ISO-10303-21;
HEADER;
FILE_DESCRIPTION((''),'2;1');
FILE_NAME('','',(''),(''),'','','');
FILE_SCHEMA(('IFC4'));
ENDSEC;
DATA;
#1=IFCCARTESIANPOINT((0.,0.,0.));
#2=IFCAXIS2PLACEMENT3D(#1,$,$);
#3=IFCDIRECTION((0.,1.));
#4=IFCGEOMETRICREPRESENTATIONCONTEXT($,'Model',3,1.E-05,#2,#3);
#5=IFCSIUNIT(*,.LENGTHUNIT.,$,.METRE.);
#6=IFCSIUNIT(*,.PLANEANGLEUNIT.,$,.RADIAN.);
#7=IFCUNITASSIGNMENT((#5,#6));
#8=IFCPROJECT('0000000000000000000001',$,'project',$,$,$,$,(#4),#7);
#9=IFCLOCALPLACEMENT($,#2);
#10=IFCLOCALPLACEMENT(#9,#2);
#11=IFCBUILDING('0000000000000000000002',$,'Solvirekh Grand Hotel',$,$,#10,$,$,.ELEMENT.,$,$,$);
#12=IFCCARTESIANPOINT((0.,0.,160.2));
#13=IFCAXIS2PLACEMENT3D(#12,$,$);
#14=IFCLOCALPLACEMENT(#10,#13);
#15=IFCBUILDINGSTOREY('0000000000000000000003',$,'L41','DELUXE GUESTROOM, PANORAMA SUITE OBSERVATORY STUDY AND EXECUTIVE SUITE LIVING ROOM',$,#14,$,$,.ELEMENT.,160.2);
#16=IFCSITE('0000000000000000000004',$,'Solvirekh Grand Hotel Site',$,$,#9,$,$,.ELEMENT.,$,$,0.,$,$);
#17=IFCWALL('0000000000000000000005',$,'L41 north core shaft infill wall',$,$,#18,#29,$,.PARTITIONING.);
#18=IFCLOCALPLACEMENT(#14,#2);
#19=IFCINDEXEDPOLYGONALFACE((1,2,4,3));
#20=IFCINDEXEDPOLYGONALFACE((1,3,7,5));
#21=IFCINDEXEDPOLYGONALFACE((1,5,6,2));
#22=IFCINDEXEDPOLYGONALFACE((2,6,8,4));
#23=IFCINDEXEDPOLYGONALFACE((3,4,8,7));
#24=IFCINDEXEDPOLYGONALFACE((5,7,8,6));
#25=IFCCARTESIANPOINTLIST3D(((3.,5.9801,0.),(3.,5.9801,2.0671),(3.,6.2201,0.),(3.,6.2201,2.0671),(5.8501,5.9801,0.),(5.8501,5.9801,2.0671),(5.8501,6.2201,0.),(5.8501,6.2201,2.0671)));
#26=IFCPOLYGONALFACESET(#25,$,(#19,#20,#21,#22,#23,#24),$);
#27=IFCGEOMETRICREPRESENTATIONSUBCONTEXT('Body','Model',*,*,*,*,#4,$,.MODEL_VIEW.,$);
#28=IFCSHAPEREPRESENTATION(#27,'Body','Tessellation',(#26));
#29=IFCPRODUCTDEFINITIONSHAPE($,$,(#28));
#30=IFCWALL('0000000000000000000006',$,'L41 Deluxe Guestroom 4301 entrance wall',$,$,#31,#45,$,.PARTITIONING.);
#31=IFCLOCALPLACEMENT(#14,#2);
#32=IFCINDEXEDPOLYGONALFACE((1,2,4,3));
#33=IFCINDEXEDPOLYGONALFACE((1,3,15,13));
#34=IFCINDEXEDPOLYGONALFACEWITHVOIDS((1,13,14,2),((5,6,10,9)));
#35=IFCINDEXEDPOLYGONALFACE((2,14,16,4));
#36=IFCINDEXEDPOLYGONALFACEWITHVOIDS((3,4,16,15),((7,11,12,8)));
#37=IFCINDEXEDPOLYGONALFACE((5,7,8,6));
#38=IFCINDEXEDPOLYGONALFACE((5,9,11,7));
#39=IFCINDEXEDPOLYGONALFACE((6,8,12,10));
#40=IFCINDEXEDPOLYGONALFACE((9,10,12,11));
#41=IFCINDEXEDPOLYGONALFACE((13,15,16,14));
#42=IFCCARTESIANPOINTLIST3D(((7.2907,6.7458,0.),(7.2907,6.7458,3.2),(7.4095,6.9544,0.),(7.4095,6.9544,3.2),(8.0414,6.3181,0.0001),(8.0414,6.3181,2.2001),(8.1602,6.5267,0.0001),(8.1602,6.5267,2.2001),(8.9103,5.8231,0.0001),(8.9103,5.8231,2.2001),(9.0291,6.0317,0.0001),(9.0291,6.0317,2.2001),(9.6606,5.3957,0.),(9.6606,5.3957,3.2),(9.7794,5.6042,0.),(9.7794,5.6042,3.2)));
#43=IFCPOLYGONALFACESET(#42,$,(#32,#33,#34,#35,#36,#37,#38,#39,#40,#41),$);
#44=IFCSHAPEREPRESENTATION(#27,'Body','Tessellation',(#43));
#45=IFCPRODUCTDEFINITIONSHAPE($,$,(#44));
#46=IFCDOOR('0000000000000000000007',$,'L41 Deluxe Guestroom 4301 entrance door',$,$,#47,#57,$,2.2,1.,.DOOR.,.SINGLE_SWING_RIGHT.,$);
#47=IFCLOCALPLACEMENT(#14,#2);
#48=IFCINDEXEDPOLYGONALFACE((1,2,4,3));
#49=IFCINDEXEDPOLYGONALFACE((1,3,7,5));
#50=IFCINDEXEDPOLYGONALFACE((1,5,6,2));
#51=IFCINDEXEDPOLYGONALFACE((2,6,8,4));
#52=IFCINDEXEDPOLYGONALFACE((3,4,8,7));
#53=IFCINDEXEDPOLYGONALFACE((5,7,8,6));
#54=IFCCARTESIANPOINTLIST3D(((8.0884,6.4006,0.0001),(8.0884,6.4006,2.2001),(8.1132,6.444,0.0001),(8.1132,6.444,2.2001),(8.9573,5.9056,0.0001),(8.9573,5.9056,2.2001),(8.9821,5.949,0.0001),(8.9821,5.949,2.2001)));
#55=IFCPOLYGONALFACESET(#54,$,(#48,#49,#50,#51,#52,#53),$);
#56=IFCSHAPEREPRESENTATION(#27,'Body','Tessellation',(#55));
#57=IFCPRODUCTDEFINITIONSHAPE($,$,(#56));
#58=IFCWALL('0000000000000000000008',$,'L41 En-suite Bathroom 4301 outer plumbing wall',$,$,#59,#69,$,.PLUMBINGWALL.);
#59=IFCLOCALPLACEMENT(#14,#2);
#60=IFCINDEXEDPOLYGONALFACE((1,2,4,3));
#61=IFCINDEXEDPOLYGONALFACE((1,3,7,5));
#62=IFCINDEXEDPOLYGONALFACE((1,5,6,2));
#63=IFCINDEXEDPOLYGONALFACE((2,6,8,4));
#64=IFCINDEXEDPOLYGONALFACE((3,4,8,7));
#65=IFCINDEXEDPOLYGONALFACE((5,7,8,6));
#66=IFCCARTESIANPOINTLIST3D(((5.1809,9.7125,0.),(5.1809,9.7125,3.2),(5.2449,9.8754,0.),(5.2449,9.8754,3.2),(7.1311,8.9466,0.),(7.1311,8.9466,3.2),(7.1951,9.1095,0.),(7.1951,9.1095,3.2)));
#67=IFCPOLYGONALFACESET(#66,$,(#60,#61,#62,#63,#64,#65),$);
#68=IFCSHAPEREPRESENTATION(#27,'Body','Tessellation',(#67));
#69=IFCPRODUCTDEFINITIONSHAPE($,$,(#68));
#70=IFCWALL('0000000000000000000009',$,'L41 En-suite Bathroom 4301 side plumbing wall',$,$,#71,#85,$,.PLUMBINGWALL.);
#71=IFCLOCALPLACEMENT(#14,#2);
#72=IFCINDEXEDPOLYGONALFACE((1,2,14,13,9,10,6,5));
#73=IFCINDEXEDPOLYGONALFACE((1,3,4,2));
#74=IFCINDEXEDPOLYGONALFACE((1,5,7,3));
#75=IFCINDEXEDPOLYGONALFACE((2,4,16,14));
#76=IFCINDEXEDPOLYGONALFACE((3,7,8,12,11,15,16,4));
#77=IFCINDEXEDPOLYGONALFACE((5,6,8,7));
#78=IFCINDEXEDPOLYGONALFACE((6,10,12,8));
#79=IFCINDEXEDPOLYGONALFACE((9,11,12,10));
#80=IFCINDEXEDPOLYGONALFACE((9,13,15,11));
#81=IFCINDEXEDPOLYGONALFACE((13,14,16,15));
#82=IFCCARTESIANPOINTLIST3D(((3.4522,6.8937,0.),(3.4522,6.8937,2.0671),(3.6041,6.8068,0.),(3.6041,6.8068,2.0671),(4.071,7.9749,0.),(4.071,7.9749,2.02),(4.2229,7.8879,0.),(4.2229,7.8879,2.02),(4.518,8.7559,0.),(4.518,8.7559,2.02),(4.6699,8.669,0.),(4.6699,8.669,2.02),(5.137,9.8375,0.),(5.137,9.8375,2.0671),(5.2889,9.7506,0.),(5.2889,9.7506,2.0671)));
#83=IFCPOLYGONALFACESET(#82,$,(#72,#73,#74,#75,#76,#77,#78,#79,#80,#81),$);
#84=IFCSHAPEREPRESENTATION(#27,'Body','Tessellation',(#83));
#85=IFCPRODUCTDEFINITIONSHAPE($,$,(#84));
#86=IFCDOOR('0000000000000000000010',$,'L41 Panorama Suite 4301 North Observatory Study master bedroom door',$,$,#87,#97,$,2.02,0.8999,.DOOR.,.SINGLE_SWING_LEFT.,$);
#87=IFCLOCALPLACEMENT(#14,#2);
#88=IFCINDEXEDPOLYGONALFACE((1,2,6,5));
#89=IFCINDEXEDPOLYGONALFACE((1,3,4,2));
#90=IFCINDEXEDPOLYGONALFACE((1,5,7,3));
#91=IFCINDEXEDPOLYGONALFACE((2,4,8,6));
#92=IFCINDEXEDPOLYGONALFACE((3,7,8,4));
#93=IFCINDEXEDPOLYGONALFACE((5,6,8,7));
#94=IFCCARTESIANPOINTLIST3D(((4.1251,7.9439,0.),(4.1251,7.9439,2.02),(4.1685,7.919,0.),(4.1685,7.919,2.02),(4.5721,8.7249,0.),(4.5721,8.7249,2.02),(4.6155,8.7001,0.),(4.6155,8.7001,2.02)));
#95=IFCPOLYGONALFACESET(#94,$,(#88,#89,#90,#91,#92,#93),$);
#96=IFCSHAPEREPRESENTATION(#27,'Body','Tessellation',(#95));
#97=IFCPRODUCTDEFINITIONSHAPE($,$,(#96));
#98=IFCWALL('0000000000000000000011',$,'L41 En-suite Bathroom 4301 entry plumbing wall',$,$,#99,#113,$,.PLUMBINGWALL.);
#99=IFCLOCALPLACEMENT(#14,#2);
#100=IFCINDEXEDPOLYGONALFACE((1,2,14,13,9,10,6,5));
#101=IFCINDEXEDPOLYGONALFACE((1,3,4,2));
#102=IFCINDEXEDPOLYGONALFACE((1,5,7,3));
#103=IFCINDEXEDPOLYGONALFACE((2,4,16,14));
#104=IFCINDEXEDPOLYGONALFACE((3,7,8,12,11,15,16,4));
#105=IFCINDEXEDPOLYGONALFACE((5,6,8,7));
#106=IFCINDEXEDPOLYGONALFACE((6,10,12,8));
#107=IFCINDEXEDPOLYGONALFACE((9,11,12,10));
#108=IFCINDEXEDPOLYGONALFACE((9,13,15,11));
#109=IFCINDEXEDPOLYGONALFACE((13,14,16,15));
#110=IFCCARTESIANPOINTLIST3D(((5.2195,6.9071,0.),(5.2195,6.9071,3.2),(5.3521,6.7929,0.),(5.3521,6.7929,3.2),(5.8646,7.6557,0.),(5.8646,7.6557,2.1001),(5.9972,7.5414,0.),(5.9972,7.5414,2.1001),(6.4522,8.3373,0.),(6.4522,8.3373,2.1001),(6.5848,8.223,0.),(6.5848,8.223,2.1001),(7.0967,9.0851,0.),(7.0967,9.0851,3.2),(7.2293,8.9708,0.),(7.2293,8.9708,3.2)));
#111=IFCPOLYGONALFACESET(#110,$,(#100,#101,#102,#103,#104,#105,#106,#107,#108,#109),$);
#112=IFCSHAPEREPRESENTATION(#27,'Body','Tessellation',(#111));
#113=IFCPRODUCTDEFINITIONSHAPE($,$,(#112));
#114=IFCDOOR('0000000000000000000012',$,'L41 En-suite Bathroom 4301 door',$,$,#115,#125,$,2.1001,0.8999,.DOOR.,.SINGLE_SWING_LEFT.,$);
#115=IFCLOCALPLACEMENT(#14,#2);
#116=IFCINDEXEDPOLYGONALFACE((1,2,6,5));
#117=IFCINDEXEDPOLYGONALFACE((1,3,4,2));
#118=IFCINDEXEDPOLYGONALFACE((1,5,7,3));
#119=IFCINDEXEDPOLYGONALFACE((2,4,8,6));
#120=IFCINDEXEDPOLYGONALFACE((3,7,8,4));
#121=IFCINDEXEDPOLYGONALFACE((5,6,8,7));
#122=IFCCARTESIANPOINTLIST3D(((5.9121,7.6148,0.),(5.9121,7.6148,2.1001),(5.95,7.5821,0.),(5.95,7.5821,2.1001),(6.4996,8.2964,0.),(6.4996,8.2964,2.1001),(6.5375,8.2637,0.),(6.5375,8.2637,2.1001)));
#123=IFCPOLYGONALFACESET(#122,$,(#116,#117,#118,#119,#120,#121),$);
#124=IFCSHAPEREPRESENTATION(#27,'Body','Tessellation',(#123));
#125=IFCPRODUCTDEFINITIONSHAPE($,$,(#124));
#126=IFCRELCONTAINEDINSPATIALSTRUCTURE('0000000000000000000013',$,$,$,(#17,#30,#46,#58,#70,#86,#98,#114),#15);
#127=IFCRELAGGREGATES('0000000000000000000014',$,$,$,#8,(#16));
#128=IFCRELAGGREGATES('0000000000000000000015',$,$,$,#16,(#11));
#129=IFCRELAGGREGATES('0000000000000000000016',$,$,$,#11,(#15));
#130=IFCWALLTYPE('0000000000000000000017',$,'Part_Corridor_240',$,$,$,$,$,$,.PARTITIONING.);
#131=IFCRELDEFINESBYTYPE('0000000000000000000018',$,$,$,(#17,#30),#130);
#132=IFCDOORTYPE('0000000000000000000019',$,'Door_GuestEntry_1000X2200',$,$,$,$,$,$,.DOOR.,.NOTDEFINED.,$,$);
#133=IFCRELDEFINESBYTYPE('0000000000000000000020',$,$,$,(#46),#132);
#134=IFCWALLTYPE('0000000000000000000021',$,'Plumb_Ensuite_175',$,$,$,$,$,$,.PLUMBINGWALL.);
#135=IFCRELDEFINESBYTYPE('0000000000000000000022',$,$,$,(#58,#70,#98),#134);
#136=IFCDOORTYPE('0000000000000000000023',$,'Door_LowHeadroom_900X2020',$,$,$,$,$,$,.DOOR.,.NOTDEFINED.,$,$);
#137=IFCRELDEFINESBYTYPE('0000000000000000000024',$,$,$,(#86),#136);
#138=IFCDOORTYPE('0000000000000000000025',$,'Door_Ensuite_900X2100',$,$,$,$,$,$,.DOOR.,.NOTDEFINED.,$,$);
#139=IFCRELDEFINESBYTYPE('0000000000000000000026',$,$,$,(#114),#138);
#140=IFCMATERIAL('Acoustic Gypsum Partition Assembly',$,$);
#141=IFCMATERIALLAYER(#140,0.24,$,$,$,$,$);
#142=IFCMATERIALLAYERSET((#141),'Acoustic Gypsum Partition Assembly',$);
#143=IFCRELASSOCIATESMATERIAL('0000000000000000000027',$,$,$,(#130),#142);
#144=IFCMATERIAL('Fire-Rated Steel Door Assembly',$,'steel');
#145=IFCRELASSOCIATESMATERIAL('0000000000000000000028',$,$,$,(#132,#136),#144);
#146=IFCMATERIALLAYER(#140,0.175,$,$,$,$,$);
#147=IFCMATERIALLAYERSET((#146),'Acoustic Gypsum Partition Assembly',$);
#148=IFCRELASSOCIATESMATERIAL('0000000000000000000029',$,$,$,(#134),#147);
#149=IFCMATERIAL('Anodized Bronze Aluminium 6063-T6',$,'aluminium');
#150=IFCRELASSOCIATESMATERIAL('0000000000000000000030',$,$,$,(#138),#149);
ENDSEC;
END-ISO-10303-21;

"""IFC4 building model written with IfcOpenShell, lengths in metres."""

from ifc_helpers import new_model, si_unit, direction, frame, frame_2d, origin, place, context, subcontext, project, spatial, rectangle, extrude, material, layer, layer_set, type_object, element, fill, save


model = new_model("IFC4")

# Units and contexts
model_context = context("Model", 3, precision=1e-05, world=origin(), true_north=direction((0.0, 1.0)))
body_context = subcontext(model_context, "Body", "Model", "MODEL_VIEW")
ifc_project = project(units=[si_unit("LENGTHUNIT", "METRE"), si_unit("PLANEANGLEUNIT", "RADIAN")], contexts=[model_context])

# Site, building, storey
site_placement = place(None, origin())
site = spatial("IfcSite", under=ifc_project, at=site_placement, Name="Solvirekh Grand Hotel Site", CompositionType="ELEMENT", RefElevation=0.0)
building_placement = place(site_placement, origin())
building = spatial("IfcBuilding", under=site, at=building_placement, Name="Solvirekh Grand Hotel", CompositionType="ELEMENT")
storey_placement = place(building_placement, frame((0.0, 0.0, 160.2)))
storey = spatial("IfcBuildingStorey", under=building, at=storey_placement, Name="L41", Description="DELUXE GUESTROOM, PANORAMA SUITE OBSERVATORY STUDY AND EXECUTIVE SUITE LIVING ROOM", CompositionType="ELEMENT", Elevation=160.2)

# Shared definitions
ifc_material_1 = material(Name="Anodized Bronze Aluminium 6063-T6", Category="aluminium")

# Wall
ifc_material_2 = material(Name="Acoustic Gypsum Partition Assembly")
ifc_layer_1 = layer(ifc_material_2, 0.24)
ifc_layer_set_1 = layer_set([ifc_layer_1], Name="Acoustic Gypsum Partition Assembly")
wall_type_1 = type_object("IfcWallType", Name="Part_Corridor_240", PredefinedType="PARTITIONING", material=ifc_layer_set_1)
wall_1_placement = place(storey_placement, frame((3.0, 6.1001, 0.0), z_axis=(0.0, 0.0, 1.0), x_axis=(1.0, 0.0, 0.0)))
element("IfcWall", 1, at=wall_1_placement, inside=storey, type_object=wall_type_1, Name="L41 north core shaft infill wall", PredefinedType="PARTITIONING", context=body_context, shape_type="SweptSolid", body=[
    extrude(rectangle(XDim=2.8501, YDim=0.24, at=frame_2d((1.425, 0.0))), origin(), (0.0, 0.0, 1.0), 2.0671),
])

# Wall, opening, door
wall_2_placement = place(storey_placement, frame((7.3501, 6.8501, 0.0), z_axis=(0.0, 0.0, 1.0), x_axis=(0.868892, -0.495001, 0.0)))
wall_2 = element("IfcWall", 2, at=wall_2_placement, inside=storey, type_object=wall_type_1, Name="L41 Deluxe Guestroom 4301 entrance wall", PredefinedType="PARTITIONING", context=body_context, shape_type="SweptSolid", body=[
    extrude(rectangle(XDim=2.7275, YDim=0.24, at=frame_2d((1.3638, 0.0))), origin(), (0.0, 0.0, 1.0), 3.2),
])
opening_1_placement = place(wall_2_placement, frame((0.864, 0.0, 0.0)))
opening_1 = element("IfcOpeningElement", 3, at=opening_1_placement, cuts=wall_2, PredefinedType="OPENING", context=body_context, shape_type="SweptSolid", body=[
    extrude(rectangle(XDim=1.0, YDim=2.2, at=frame_2d((0.5, 1.1001))), frame((0.0, 0.1299, 0.0), z_axis=(0.0, -1.0, 0.0), x_axis=(1.0, 0.0, 0.0)), (0.0, 0.0, 1.0), 0.26),
])
ifc_material_3 = material(Name="Fire-Rated Steel Door Assembly", Category="steel")
door_type_1 = type_object("IfcDoorType", Name="Door_GuestEntry_1000X2200", OperationType="NOTDEFINED", PredefinedType="DOOR", material=ifc_material_3)
door_1_placement = place(opening_1_placement, origin())
door_1 = element("IfcDoor", 4, at=door_1_placement, inside=storey, type_object=door_type_1, Name="L41 Deluxe Guestroom 4301 entrance door", OperationType="SINGLE_SWING_RIGHT", OverallHeight=2.2, OverallWidth=1.0, PredefinedType="DOOR", context=body_context, shape_type="SweptSolid", body=[
    extrude(rectangle(XDim=1.0, YDim=2.2, at=frame_2d((0.5, 1.1001))), frame((0.0, 0.0249, 0.0), z_axis=(0.0, -1.0, 0.0), x_axis=(1.0, 0.0, 0.0)), (0.0, 0.0, 1.0), 0.05),
])
fill(opening_1, door_1)

# Wall
ifc_layer_2 = layer(ifc_material_2, 0.175)
ifc_layer_set_2 = layer_set([ifc_layer_2], Name="Acoustic Gypsum Partition Assembly")
wall_type_2 = type_object("IfcWallType", Name="Plumb_Ensuite_175", PredefinedType="PLUMBINGWALL", material=ifc_layer_set_2)
wall_3_placement = place(storey_placement, frame((5.2129, 9.7939, 0.0), z_axis=(0.0, 0.0, 1.0), x_axis=(0.930797, -0.365537, 0.0)))
element("IfcWall", 5, at=wall_3_placement, inside=storey, type_object=wall_type_2, Name="L41 En-suite Bathroom 4301 outer plumbing wall", PredefinedType="PLUMBINGWALL", context=body_context, shape_type="SweptSolid", body=[
    extrude(rectangle(XDim=2.0952, YDim=0.175, at=frame_2d((1.0476, 0.0))), origin(), (0.0, 0.0, 1.0), 3.2),
])

# Walls, openings, doors
wall_4_placement = place(storey_placement, frame((5.2129, 9.7939, 0.0), z_axis=(0.0, 0.0, 1.0), x_axis=(-0.49672, -0.867911, 0.0)))
wall_4 = element("IfcWall", 6, at=wall_4_placement, inside=storey, type_object=wall_type_2, Name="L41 En-suite Bathroom 4301 side plumbing wall", PredefinedType="PLUMBINGWALL", context=body_context, shape_type="SweptSolid", body=[
    extrude(rectangle(XDim=3.3918, YDim=0.175, at=frame_2d((1.6958, 0.0))), origin(), (0.0, 0.0, 1.0), 2.0671),
])
opening_2_placement = place(wall_4_placement, frame((1.2461, 0.0, 0.0)))
opening_2 = element("IfcOpeningElement", 7, at=opening_2_placement, cuts=wall_4, PredefinedType="OPENING", context=body_context, shape_type="SweptSolid", body=[
    extrude(rectangle(XDim=0.8999, YDim=2.02, at=frame_2d((0.45, 1.01))), frame((0.0, 0.0977, 0.0), z_axis=(0.0, -1.0, 0.0), x_axis=(1.0, 0.0, 0.0)), (0.0, 0.0, 1.0), 0.1951),
])
door_type_2 = type_object("IfcDoorType", Name="Door_LowHeadroom_900X2020", OperationType="NOTDEFINED", PredefinedType="DOOR", material=ifc_material_3)
door_2_placement = place(opening_2_placement, origin())
door_2 = element("IfcDoor", 8, at=door_2_placement, inside=storey, type_object=door_type_2, Name="L41 Panorama Suite 4301 North Observatory Study master bedroom door", OperationType="SINGLE_SWING_LEFT", OverallHeight=2.02, OverallWidth=0.8999, PredefinedType="DOOR", context=body_context, shape_type="SweptSolid", body=[
    extrude(rectangle(XDim=0.8999, YDim=2.02, at=frame_2d((0.45, 1.01))), frame((0.0, 0.0249, 0.0), z_axis=(0.0, -1.0, 0.0), x_axis=(1.0, 0.0, 0.0)), (0.0, 0.0, 1.0), 0.05),
])
fill(opening_2, door_2)
wall_5_placement = place(storey_placement, frame((5.2859, 6.8501, 0.0), z_axis=(0.0, 0.0, 1.0), x_axis=(0.652866, 0.757474, 0.0)))
wall_5 = element("IfcWall", 9, at=wall_5_placement, inside=storey, type_object=wall_type_2, Name="L41 En-suite Bathroom 4301 entry plumbing wall", PredefinedType="PLUMBINGWALL", context=body_context, shape_type="SweptSolid", body=[
    extrude(rectangle(XDim=2.8752, YDim=0.175, at=frame_2d((1.4375, 0.0))), origin(), (0.0, 0.0, 1.0), 3.2),
])
opening_3_placement = place(wall_5_placement, frame((0.988, 0.0, 0.0)))
opening_3 = element("IfcOpeningElement", 10, at=opening_3_placement, cuts=wall_5, PredefinedType="OPENING", context=body_context, shape_type="SweptSolid", body=[
    extrude(rectangle(XDim=0.8999, YDim=2.1001, at=frame_2d((0.45, 1.05))), frame((0.0, 0.0977, 0.0), z_axis=(0.0, -1.0, 0.0), x_axis=(1.0, 0.0, 0.0)), (0.0, 0.0, 1.0), 0.1951),
])
door_type_3 = type_object("IfcDoorType", Name="Door_Ensuite_900X2100", OperationType="NOTDEFINED", PredefinedType="DOOR", material=ifc_material_1)
door_3_placement = place(opening_3_placement, origin())
door_3 = element("IfcDoor", 11, at=door_3_placement, inside=storey, type_object=door_type_3, Name="L41 En-suite Bathroom 4301 door", OperationType="SINGLE_SWING_LEFT", OverallHeight=2.1001, OverallWidth=0.8999, PredefinedType="DOOR", context=body_context, shape_type="SweptSolid", body=[
    extrude(rectangle(XDim=0.8999, YDim=2.1001, at=frame_2d((0.45, 1.05))), frame((0.0, 0.0249, 0.0), z_axis=(0.0, -1.0, 0.0), x_axis=(1.0, 0.0, 0.0)), (0.0, 0.0, 1.0), 0.05),
])
fill(opening_3, door_3)

save(model, "model.ifc")
